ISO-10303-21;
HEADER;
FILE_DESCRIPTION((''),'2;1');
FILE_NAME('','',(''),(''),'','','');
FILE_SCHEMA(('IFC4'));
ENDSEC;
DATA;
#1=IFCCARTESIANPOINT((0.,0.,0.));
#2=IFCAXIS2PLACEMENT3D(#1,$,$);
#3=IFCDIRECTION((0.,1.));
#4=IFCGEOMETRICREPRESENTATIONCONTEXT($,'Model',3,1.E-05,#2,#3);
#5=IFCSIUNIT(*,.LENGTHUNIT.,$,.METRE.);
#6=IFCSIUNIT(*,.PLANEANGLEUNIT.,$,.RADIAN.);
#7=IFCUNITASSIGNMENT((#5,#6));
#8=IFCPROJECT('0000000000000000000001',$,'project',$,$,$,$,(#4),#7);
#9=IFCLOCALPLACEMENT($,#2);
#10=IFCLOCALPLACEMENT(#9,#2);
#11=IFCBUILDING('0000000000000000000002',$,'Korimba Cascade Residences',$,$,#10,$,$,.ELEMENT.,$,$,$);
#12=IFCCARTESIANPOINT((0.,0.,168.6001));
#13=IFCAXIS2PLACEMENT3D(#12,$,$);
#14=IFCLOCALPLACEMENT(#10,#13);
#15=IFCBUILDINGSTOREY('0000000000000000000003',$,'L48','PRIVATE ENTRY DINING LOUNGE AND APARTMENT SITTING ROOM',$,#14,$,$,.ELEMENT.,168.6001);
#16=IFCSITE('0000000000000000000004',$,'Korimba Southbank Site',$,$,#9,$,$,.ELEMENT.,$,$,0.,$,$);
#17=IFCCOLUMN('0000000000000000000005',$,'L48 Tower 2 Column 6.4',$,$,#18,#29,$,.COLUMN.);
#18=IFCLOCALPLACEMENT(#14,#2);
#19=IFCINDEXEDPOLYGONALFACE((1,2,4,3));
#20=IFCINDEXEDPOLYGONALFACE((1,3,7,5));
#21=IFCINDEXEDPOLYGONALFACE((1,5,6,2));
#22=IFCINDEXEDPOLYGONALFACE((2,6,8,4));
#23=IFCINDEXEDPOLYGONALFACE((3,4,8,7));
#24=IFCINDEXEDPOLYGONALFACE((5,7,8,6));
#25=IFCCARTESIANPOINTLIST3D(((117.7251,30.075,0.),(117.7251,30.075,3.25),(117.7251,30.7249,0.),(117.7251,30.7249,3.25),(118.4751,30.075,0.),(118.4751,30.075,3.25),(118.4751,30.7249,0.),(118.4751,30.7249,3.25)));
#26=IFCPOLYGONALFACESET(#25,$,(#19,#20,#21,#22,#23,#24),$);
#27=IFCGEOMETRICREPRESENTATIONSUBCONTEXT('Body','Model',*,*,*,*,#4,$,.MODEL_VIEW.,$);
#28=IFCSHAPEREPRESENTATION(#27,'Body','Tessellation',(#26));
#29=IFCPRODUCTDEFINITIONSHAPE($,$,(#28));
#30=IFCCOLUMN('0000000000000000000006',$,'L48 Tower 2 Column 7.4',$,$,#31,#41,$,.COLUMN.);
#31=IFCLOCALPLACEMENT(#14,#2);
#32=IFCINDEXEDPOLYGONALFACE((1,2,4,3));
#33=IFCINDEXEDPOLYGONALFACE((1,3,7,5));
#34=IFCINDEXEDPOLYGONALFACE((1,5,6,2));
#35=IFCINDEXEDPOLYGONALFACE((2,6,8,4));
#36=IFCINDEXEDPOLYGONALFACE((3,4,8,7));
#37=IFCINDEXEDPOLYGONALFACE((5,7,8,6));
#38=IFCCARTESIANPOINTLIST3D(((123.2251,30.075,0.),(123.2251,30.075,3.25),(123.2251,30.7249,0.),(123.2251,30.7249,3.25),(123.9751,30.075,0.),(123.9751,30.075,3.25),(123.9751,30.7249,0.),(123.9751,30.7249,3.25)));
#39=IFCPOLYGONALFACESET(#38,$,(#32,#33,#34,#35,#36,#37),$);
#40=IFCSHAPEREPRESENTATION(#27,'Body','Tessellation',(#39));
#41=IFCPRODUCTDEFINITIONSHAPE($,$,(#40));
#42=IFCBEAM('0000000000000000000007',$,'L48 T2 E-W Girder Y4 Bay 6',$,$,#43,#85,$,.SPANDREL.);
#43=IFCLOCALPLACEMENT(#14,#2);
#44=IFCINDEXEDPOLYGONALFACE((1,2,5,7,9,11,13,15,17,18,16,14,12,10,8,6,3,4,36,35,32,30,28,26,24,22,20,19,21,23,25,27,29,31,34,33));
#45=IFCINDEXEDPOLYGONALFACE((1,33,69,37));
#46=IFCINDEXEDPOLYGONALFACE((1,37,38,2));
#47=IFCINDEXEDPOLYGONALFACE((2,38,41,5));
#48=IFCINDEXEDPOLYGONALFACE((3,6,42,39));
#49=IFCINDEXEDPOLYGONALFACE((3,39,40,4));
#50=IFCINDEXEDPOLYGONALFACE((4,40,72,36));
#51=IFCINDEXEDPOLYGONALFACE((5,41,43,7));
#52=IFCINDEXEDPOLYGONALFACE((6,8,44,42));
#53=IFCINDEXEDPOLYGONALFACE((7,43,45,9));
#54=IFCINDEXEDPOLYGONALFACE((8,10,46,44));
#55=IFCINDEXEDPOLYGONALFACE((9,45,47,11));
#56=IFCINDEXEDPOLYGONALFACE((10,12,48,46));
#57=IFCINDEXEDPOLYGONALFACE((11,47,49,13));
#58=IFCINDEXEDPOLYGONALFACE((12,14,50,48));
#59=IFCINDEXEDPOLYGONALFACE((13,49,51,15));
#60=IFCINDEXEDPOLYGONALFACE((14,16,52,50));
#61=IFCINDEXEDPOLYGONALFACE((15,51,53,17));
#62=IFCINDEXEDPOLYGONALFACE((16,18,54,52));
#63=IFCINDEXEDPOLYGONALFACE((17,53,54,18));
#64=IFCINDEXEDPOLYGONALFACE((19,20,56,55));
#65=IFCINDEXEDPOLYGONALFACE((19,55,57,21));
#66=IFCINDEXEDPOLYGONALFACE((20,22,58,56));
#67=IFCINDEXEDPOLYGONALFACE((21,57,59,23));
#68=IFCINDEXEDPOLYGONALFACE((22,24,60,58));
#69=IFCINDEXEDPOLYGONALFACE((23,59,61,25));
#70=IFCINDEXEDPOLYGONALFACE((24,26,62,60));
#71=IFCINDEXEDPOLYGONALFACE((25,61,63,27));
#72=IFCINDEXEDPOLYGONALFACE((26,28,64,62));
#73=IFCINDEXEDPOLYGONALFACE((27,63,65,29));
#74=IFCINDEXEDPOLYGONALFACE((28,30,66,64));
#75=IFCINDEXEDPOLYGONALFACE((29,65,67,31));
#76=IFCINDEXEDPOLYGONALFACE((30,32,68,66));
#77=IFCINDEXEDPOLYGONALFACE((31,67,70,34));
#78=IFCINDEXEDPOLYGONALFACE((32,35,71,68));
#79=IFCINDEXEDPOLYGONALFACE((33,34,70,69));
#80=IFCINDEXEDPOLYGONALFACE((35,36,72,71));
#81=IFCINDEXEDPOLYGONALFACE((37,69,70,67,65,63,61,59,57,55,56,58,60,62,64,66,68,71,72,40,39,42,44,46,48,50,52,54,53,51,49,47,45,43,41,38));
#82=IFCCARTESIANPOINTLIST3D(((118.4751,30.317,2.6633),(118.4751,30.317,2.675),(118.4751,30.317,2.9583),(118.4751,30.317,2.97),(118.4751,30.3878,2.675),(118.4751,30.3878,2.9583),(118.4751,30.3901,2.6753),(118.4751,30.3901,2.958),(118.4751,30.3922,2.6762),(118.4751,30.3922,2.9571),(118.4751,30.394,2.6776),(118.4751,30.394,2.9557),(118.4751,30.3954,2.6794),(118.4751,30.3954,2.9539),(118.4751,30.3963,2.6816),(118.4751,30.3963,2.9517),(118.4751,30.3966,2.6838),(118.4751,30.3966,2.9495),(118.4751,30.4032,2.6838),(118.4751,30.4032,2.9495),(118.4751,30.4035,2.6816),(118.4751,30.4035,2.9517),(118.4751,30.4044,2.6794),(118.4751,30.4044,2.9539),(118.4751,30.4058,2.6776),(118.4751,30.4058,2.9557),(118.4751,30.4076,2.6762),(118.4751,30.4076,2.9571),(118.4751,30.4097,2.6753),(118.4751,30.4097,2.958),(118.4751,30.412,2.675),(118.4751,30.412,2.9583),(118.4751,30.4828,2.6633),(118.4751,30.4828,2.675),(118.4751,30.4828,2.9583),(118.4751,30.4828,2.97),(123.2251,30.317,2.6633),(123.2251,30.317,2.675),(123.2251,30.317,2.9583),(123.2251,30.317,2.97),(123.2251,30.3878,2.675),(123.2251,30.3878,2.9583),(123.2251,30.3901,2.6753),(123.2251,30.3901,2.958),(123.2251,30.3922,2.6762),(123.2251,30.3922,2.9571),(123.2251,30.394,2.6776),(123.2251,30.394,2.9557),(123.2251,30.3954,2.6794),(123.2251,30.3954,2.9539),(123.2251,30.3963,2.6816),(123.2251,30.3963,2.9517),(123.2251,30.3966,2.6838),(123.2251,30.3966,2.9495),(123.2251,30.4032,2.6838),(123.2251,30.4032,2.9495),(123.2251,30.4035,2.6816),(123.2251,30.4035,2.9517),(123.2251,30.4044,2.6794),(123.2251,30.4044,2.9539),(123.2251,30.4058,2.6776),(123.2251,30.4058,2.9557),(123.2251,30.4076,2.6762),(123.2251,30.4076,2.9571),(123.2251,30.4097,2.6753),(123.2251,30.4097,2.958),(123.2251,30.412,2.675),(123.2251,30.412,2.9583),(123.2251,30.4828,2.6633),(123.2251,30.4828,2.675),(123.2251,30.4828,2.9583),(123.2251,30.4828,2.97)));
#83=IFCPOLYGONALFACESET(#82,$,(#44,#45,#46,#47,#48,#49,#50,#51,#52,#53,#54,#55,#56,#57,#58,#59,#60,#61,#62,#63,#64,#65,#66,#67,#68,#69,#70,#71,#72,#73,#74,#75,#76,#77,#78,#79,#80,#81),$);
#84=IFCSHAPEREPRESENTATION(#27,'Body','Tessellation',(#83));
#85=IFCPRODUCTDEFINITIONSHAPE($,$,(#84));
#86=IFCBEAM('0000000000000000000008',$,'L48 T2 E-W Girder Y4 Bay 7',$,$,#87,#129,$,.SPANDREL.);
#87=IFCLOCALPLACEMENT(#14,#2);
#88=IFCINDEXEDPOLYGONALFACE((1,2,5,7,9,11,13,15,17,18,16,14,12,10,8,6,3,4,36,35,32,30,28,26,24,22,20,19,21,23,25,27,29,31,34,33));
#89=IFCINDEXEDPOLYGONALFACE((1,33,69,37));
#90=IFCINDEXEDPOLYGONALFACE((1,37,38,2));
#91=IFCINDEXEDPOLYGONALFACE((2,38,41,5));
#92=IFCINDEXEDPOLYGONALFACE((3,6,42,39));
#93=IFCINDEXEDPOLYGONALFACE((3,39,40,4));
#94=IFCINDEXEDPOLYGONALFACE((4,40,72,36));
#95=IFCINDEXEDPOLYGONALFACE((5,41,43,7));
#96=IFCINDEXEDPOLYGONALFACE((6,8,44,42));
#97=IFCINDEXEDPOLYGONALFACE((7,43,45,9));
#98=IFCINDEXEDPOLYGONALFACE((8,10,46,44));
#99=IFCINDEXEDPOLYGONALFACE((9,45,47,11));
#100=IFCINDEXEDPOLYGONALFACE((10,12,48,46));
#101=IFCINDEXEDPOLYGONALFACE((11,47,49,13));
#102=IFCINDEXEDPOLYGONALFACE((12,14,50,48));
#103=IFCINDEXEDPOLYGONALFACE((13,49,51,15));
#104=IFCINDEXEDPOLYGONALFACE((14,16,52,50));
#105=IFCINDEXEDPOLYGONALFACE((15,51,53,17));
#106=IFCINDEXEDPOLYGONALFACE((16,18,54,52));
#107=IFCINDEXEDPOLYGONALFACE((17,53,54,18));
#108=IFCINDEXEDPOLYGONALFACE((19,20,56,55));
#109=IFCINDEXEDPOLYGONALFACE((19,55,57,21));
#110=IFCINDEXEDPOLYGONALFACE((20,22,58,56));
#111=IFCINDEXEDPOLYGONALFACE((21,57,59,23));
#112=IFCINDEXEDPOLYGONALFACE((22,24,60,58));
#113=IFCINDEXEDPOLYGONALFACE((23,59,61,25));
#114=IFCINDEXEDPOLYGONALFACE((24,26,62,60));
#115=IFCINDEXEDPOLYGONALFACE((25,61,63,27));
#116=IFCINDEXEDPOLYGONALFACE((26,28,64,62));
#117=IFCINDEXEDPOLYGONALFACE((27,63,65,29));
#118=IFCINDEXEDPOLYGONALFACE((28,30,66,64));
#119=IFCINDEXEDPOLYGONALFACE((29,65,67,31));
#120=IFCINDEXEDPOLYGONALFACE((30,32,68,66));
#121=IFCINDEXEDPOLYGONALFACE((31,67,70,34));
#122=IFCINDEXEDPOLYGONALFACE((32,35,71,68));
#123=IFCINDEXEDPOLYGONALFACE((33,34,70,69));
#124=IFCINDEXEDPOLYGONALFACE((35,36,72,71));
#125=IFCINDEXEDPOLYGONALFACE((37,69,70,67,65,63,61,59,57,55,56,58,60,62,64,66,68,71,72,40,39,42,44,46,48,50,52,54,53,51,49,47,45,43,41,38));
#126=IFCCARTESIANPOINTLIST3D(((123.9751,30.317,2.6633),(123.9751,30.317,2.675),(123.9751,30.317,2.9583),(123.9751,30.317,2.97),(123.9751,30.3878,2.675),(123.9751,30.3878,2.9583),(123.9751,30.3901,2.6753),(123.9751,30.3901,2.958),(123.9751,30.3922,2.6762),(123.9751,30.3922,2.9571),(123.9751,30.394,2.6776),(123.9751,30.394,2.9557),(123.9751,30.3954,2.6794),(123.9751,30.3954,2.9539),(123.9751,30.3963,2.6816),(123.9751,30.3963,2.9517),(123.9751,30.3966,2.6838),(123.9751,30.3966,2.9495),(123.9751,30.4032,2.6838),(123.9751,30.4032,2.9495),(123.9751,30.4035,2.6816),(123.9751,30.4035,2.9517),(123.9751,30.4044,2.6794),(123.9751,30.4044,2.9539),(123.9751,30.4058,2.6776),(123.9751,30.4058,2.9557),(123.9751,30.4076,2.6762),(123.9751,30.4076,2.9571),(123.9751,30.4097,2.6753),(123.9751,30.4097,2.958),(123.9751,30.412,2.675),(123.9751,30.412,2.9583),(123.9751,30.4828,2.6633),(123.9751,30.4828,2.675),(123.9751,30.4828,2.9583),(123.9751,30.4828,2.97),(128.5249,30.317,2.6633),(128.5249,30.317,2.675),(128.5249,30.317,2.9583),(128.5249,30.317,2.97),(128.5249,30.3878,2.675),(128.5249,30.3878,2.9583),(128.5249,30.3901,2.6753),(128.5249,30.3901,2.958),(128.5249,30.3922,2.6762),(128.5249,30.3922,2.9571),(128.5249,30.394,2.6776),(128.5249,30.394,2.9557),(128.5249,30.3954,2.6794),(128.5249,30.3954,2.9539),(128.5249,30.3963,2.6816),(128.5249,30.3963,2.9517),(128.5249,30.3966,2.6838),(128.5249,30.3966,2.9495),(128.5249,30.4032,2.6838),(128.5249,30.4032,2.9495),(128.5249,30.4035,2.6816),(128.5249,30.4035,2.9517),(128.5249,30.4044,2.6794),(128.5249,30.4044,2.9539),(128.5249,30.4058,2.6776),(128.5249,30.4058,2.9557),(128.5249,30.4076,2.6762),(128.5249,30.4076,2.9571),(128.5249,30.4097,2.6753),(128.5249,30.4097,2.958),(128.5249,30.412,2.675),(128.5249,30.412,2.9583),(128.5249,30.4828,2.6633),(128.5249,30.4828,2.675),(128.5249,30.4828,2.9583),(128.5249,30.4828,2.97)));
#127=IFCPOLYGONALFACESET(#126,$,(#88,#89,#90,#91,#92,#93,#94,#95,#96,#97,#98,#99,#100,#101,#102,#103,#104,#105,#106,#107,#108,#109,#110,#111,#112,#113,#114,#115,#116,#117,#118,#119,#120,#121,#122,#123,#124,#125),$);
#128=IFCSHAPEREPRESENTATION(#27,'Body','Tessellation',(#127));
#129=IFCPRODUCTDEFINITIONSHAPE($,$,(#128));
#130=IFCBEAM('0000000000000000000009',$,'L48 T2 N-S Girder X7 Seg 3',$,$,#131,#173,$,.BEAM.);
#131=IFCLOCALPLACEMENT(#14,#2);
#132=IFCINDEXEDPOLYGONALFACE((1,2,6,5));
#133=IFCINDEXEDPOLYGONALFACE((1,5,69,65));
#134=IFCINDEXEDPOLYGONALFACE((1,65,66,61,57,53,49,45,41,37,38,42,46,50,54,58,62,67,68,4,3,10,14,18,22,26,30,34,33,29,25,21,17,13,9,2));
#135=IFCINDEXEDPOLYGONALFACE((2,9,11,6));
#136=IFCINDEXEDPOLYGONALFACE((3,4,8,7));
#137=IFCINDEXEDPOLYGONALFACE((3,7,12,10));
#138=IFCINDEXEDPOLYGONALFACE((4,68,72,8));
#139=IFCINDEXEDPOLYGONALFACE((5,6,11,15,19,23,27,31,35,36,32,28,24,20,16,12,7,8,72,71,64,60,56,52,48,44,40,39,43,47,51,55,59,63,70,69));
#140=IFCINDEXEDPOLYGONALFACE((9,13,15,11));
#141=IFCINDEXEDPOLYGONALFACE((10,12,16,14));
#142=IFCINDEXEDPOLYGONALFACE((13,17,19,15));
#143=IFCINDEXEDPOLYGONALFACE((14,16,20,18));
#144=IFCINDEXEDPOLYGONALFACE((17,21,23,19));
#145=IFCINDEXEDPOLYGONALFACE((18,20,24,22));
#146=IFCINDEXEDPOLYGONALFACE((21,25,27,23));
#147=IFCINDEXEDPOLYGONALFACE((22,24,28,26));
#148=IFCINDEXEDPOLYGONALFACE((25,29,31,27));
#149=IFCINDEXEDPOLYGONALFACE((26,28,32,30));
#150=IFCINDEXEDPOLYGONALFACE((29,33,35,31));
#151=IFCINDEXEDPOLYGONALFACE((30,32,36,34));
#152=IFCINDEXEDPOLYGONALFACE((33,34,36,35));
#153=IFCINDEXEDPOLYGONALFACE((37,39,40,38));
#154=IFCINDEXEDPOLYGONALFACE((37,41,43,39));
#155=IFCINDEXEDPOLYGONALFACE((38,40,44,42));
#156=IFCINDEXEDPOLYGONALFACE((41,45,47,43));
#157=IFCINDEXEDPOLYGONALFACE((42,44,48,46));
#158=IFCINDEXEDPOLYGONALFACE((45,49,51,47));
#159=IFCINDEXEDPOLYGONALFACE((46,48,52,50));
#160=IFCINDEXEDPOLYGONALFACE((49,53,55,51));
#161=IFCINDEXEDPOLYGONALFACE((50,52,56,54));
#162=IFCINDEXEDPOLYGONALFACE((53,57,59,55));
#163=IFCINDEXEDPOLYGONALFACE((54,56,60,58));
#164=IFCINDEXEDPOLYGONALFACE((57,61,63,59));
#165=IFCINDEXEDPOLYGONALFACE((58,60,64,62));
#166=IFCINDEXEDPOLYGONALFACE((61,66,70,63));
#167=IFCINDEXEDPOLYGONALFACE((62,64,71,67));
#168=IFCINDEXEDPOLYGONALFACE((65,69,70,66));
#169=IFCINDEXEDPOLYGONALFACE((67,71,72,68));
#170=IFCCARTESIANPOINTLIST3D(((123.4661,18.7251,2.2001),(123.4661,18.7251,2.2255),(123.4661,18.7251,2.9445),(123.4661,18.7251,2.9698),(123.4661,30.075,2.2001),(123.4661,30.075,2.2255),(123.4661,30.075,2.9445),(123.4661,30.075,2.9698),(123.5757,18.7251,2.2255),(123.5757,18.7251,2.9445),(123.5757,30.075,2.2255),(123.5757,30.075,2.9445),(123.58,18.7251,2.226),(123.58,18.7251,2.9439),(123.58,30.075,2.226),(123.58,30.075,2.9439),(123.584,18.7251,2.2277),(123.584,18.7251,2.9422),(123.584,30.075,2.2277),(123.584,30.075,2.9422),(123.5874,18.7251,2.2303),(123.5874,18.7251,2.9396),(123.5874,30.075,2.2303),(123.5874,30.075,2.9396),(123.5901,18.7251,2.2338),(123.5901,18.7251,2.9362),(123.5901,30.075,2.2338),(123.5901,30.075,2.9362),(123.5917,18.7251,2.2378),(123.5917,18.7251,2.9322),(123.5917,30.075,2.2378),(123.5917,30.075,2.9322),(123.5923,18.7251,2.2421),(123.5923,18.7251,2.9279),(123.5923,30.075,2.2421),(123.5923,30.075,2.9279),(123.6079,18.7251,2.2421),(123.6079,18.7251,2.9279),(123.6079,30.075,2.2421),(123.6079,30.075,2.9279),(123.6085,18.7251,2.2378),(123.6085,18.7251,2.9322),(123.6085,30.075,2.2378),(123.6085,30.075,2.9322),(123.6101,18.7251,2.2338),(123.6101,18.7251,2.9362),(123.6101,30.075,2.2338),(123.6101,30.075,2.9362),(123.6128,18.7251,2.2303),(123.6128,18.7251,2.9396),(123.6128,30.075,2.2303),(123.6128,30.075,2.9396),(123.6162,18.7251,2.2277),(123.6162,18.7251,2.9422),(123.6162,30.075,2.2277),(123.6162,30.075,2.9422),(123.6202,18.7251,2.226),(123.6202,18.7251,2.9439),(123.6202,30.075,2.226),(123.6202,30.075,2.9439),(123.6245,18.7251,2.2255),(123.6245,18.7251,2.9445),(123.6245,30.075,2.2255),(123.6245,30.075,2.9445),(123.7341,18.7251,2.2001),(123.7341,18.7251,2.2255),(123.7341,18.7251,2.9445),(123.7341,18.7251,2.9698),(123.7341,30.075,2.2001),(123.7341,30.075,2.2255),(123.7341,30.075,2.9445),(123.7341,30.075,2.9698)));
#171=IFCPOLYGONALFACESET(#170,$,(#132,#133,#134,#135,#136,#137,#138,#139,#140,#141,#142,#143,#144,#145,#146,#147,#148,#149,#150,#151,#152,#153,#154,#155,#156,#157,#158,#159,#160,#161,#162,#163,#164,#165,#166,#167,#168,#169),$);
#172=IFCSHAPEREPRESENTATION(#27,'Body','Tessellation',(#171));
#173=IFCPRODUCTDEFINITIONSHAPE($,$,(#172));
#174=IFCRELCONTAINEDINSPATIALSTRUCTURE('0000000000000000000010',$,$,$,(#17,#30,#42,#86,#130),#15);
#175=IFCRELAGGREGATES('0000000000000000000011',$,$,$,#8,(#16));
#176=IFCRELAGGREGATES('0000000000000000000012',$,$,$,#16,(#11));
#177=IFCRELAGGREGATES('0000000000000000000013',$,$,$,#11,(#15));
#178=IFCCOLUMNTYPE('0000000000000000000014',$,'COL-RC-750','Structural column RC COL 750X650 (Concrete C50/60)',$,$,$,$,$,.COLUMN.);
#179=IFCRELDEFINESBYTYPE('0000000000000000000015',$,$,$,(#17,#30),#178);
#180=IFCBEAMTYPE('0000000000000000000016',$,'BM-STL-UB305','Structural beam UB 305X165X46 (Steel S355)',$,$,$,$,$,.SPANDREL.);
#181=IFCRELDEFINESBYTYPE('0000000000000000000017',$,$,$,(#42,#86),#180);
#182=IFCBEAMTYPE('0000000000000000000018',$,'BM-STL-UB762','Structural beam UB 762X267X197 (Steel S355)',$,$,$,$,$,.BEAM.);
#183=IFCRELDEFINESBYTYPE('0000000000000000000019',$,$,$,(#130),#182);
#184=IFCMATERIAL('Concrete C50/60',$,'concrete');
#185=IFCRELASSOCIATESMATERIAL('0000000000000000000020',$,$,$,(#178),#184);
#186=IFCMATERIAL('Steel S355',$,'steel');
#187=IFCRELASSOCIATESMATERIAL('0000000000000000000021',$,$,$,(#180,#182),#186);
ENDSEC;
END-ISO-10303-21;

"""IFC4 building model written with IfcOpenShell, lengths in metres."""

from ifc_helpers import new_model, si_unit, direction, frame, origin, origin_2d, place, context, subcontext, project, spatial, rectangle, i_section, extrude, material, material_profile, profile_set, type_object, element, save


model = new_model("IFC4")

# Units and contexts
model_context = context("Model", 3, precision=1e-05, world=origin(), true_north=direction((0.0, 1.0)))
body_context = subcontext(model_context, "Body", "Model", "MODEL_VIEW")
ifc_project = project(units=[si_unit("LENGTHUNIT", "METRE"), si_unit("PLANEANGLEUNIT", "RADIAN")], contexts=[model_context])

# Site, building, storey
site_placement = place(None, origin())
site = spatial("IfcSite", under=ifc_project, at=site_placement, Name="Korimba Southbank Site", CompositionType="ELEMENT", RefElevation=0.0)
building_placement = place(site_placement, origin())
building = spatial("IfcBuilding", under=site, at=building_placement, Name="Korimba Cascade Residences", CompositionType="ELEMENT")
storey_placement = place(building_placement, frame((0.0, 0.0, 168.6001)))
storey = spatial("IfcBuildingStorey", under=building, at=storey_placement, Name="L48", Description="PRIVATE ENTRY DINING LOUNGE AND APARTMENT SITTING ROOM", CompositionType="ELEMENT", Elevation=168.6001)

# Columns
ifc_material_1 = material(Name="Concrete C50/60", Category="concrete")
ifc_material_profile_1 = material_profile(ifc_material_1, rectangle(XDim=0.75, YDim=0.6499, at=origin_2d()), Name="Concrete C50/60")
ifc_profile_set_1 = profile_set([ifc_material_profile_1], Name="Concrete C50/60")
column_type = type_object("IfcColumnType", Name="COL-RC-750", Description="Structural column RC COL 750X650 (Concrete C50/60)", PredefinedType="COLUMN", material=ifc_profile_set_1)
for number, where, z_axis, x_axis, name in (
    (1, (118.1001, 30.3999, 0.0), (0.0, 0.0, 1.0), (1.0, 0.0, 0.0), "L48 Tower 2 Column 6.4"),
    (2, (123.6001, 30.3999, 0.0), (0.0, 0.0, 1.0), (1.0, 0.0, 0.0), "L48 Tower 2 Column 7.4"),
):
    element("IfcColumn", number, at=place(storey_placement, frame(where, z_axis=z_axis, x_axis=x_axis)), inside=storey, type_object=column_type, Name=name, PredefinedType="COLUMN", context=body_context, shape_type="SweptSolid", body=[
        extrude(rectangle(XDim=0.75, YDim=0.6499, at=origin_2d()), origin(), (0.0, 0.0, 1.0), 3.25),
    ])

# Beams
ifc_material_2 = material(Name="Steel S355", Category="steel")
ifc_material_profile_2 = material_profile(ifc_material_2, i_section(OverallWidth=0.1658, OverallDepth=0.3066, WebThickness=0.0066, FlangeThickness=0.0117, FilletRadius=0.0088, at=origin_2d()), Name="Steel S355")
ifc_profile_set_2 = profile_set([ifc_material_profile_2], Name="Steel S355")
beam_type_1 = type_object("IfcBeamType", Name="BM-STL-UB305", Description="Structural beam UB 305X165X46 (Steel S355)", PredefinedType="SPANDREL", material=ifc_profile_set_2)
beam_1_placement = place(storey_placement, frame((118.4751, 30.3999, 2.8167), z_axis=(1.0, 0.0, 0.0), x_axis=(0.0, 1.0, 0.0)))
element("IfcBeam", 3, at=beam_1_placement, inside=storey, type_object=beam_type_1, Name="L48 T2 E-W Girder Y4 Bay 6", PredefinedType="SPANDREL", context=body_context, shape_type="SweptSolid", body=[
    extrude(i_section(OverallWidth=0.1658, OverallDepth=0.3066, WebThickness=0.0066, FlangeThickness=0.0117, FilletRadius=0.0088, at=origin_2d()), origin(), (0.0, 0.0, 1.0), 4.75),
])
beam_2_placement = place(storey_placement, frame((123.9751, 30.3999, 2.8167), z_axis=(1.0, 0.0, 0.0), x_axis=(0.0, 1.0, 0.0)))
element("IfcBeam", 4, at=beam_2_placement, inside=storey, type_object=beam_type_1, Name="L48 T2 E-W Girder Y4 Bay 7", PredefinedType="SPANDREL", context=body_context, shape_type="SweptSolid", body=[
    extrude(i_section(OverallWidth=0.1658, OverallDepth=0.3066, WebThickness=0.0066, FlangeThickness=0.0117, FilletRadius=0.0088, at=origin_2d()), origin(), (0.0, 0.0, 1.0), 4.5498),
])
ifc_material_profile_3 = material_profile(ifc_material_2, i_section(OverallWidth=0.2681, OverallDepth=0.7698, WebThickness=0.0156, FlangeThickness=0.0254, FilletRadius=0.0166, at=origin_2d()), Name="Steel S355")
ifc_profile_set_3 = profile_set([ifc_material_profile_3], Name="Steel S355")
beam_type_2 = type_object("IfcBeamType", Name="BM-STL-UB762", Description="Structural beam UB 762X267X197 (Steel S355)", PredefinedType="BEAM", material=ifc_profile_set_3)
for number, where, z_axis, x_axis, name in (
    (5, (123.6001, 18.7251, 2.585), (0.0, 1.0, 0.0), (-1.0, 0.0, 0.0), "L48 T2 N-S Girder X7 Seg 3"),
):
    element("IfcBeam", number, at=place(storey_placement, frame(where, z_axis=z_axis, x_axis=x_axis)), inside=storey, type_object=beam_type_2, Name=name, PredefinedType="BEAM", context=body_context, shape_type="SweptSolid", body=[
        extrude(i_section(OverallWidth=0.2681, OverallDepth=0.7698, WebThickness=0.0156, FlangeThickness=0.0254, FilletRadius=0.0166, at=origin_2d()), origin(), (0.0, 0.0, 1.0), 11.3499),
    ])

save(model, "model.ifc")
